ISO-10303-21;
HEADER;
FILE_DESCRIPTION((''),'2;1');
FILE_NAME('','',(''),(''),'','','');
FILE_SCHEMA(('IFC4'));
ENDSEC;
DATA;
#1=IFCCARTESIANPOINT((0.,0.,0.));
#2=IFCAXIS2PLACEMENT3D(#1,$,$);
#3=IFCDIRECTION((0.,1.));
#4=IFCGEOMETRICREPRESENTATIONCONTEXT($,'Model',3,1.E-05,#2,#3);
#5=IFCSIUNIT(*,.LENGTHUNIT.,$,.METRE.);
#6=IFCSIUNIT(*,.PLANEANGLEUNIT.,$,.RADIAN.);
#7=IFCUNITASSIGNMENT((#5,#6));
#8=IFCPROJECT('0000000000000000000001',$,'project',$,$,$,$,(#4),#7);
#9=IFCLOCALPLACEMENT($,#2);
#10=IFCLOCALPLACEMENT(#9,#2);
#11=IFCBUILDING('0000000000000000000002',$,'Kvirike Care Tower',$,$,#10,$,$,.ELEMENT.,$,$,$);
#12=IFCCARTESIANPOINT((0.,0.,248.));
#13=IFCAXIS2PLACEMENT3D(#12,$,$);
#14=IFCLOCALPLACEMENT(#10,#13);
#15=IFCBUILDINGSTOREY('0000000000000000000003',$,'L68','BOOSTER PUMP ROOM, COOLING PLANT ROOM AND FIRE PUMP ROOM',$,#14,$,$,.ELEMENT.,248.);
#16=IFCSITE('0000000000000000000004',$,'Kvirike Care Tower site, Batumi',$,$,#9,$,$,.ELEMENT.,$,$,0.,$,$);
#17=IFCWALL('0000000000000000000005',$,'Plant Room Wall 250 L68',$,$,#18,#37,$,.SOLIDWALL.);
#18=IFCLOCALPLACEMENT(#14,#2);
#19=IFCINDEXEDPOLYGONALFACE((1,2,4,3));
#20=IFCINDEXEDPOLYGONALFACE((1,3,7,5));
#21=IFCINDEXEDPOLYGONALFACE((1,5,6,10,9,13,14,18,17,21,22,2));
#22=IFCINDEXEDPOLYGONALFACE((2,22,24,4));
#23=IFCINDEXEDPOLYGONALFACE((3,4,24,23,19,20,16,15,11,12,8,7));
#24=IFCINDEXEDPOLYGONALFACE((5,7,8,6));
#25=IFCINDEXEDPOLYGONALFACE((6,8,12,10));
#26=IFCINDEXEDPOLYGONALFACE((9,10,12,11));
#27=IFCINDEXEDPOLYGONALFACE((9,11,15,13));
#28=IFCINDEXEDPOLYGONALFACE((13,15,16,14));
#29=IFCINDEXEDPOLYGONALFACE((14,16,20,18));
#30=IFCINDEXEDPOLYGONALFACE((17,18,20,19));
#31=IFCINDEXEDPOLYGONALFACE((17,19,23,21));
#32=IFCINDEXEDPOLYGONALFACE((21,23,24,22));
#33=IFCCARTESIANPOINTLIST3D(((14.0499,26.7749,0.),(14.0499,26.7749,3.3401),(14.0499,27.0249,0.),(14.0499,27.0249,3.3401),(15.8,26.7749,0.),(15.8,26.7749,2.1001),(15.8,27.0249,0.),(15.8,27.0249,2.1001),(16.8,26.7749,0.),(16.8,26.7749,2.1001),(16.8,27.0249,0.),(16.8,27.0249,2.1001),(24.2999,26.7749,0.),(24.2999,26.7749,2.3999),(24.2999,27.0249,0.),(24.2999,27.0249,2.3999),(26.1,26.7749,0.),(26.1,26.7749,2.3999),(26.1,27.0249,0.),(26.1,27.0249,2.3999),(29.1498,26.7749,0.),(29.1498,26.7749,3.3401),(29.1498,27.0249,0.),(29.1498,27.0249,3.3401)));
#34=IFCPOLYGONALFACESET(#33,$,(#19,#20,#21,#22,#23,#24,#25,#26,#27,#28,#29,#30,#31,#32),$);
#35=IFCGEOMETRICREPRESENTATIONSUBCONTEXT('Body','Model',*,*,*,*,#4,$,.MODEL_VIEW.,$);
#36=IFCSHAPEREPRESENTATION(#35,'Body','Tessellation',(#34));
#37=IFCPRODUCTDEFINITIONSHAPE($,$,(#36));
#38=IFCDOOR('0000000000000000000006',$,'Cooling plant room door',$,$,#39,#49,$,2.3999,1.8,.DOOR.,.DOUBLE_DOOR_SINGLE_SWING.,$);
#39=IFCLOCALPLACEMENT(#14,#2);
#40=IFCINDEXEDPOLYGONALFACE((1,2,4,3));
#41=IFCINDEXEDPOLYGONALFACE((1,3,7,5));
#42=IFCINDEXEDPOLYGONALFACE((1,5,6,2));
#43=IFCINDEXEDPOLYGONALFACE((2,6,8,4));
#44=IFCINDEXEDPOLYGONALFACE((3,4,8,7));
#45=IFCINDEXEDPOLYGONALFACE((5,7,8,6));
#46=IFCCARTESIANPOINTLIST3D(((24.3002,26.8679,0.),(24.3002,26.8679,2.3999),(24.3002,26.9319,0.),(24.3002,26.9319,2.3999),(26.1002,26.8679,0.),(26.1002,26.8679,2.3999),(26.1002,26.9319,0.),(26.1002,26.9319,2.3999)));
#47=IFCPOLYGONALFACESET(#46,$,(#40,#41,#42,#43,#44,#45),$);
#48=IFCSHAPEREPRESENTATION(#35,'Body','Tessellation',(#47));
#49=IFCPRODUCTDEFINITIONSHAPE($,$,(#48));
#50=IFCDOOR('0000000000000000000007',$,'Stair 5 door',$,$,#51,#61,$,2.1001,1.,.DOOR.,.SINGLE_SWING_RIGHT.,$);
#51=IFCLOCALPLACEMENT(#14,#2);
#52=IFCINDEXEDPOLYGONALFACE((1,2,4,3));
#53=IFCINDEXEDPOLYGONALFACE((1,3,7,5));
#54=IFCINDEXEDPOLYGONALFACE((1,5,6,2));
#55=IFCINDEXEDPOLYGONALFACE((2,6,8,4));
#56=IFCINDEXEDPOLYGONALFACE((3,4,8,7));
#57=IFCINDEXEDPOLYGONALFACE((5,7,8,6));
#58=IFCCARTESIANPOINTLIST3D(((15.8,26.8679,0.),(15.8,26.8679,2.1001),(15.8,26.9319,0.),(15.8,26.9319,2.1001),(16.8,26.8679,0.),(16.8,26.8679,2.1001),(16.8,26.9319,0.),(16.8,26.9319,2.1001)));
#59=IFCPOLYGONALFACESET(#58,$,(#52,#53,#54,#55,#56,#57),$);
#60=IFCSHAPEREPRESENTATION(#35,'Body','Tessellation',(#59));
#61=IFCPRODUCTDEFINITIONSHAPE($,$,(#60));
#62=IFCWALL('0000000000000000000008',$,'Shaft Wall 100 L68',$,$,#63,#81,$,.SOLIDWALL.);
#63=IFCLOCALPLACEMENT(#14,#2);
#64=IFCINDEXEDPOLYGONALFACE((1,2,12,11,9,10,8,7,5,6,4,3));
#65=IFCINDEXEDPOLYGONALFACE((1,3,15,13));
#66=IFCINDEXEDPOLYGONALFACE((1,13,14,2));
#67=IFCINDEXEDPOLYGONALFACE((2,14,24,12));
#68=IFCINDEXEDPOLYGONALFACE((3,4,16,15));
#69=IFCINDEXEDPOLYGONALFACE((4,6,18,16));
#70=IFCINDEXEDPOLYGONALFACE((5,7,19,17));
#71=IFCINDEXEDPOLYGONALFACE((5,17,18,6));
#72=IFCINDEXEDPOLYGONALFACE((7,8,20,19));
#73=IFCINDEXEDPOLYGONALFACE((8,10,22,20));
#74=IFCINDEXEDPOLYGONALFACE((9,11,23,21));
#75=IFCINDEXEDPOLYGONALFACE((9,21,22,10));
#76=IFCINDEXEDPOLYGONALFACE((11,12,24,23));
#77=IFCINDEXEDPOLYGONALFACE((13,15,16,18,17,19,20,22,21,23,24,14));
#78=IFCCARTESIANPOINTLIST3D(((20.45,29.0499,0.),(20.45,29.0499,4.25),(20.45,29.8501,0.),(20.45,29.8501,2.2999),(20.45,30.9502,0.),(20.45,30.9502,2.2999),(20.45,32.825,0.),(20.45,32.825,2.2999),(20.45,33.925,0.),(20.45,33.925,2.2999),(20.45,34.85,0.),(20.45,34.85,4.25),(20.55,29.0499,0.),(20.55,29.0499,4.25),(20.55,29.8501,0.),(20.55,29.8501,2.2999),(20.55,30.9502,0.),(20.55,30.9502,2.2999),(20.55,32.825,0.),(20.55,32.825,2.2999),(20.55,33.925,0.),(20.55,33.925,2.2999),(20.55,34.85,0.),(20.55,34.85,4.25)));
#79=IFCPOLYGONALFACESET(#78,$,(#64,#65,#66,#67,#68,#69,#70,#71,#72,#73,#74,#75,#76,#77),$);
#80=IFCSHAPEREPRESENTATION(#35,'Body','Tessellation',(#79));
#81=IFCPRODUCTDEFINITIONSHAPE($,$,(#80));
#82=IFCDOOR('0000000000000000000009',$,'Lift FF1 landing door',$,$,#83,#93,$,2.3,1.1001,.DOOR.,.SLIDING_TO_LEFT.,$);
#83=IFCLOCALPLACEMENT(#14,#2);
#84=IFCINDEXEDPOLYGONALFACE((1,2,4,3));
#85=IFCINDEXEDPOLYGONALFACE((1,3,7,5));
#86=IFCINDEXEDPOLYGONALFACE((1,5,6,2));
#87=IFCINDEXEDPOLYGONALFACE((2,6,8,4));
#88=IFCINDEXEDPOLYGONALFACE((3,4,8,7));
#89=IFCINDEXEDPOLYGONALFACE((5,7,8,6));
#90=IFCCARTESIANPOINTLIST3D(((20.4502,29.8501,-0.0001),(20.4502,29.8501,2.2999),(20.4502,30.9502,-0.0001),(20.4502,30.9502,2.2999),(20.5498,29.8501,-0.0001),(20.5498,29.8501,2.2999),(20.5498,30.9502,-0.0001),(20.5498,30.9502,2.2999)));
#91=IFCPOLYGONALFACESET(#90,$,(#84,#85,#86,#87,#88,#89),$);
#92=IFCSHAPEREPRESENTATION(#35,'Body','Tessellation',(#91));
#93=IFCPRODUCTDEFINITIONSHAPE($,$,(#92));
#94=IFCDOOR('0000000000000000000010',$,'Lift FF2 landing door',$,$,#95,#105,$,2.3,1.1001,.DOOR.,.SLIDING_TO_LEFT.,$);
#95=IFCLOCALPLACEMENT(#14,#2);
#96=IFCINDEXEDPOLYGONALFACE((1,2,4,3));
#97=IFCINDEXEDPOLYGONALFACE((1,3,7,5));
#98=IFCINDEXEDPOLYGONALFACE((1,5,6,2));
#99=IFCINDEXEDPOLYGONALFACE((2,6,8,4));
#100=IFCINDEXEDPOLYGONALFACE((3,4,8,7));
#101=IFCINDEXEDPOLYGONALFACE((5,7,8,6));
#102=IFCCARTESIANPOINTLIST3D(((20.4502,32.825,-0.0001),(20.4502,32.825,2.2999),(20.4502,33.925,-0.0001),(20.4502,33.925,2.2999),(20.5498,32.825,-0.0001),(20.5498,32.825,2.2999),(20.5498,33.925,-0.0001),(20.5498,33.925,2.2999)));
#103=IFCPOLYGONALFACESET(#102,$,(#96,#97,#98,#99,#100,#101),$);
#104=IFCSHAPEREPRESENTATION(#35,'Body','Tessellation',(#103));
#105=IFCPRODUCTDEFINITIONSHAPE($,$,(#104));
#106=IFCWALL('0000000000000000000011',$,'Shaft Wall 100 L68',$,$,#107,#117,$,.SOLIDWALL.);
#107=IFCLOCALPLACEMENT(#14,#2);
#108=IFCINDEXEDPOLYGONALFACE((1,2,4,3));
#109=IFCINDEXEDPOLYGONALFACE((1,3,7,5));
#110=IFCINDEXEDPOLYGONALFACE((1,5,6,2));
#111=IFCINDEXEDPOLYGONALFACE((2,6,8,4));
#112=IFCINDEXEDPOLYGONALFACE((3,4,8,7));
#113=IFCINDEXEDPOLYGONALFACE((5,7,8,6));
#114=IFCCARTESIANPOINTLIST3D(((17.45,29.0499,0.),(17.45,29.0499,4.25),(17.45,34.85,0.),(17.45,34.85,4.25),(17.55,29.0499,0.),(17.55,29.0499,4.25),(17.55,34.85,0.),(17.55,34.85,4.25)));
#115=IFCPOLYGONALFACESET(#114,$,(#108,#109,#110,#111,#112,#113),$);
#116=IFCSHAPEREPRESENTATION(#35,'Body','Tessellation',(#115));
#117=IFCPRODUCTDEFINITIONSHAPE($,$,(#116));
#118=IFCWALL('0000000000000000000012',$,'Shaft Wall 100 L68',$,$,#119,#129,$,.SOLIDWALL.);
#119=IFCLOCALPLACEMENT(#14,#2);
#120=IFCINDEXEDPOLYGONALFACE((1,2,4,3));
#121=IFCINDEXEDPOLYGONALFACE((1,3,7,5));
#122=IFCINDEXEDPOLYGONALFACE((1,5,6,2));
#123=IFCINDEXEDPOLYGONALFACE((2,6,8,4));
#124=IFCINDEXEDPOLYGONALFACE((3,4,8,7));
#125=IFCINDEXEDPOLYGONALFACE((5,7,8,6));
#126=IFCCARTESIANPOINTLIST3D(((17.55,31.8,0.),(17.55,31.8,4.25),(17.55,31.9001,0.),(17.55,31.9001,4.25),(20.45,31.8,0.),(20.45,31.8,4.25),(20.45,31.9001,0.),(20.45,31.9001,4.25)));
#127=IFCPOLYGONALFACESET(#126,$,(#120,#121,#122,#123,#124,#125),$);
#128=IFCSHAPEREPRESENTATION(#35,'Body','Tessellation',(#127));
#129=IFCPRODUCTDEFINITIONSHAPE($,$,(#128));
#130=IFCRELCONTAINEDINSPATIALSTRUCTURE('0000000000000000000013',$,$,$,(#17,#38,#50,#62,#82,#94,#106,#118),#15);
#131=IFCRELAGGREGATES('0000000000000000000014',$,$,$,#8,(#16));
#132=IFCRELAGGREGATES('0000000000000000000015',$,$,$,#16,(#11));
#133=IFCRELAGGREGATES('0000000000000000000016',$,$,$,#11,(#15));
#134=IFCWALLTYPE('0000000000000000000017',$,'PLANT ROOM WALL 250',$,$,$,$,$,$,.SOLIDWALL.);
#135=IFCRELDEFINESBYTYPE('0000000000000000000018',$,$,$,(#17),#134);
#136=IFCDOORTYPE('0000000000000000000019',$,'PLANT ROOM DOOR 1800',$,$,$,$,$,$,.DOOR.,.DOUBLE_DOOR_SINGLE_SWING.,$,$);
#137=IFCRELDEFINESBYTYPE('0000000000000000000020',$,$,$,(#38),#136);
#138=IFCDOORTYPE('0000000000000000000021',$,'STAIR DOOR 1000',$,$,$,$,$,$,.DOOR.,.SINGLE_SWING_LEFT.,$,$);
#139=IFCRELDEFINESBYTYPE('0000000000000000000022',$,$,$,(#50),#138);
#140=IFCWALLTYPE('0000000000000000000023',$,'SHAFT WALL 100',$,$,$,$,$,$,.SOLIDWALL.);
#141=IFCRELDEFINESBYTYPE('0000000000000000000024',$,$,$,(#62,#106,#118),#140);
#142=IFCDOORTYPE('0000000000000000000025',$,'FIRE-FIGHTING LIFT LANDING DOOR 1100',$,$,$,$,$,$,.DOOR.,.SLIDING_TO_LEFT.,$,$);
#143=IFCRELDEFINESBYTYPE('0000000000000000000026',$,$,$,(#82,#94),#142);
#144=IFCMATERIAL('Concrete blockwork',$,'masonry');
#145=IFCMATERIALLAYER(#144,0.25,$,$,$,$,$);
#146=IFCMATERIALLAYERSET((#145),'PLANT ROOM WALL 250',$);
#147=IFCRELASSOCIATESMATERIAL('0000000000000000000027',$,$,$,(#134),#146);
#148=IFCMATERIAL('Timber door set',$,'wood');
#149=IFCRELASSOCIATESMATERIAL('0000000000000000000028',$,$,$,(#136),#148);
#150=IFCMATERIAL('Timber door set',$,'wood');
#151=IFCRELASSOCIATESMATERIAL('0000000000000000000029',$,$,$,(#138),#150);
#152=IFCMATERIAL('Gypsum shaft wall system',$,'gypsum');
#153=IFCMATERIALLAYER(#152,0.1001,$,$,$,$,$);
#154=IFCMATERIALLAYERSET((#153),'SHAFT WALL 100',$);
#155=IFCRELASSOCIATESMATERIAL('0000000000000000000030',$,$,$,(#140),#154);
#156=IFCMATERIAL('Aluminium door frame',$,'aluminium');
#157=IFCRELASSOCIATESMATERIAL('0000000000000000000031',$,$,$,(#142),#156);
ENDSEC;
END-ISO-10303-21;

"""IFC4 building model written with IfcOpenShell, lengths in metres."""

from ifc_helpers import new_model, si_unit, direction, frame, frame_2d, origin, place, context, subcontext, project, spatial, rectangle, extrude, material, layer, layer_set, type_object, element, fill, save


model = new_model("IFC4")

# Units and contexts
model_context = context("Model", 3, precision=1e-05, world=origin(), true_north=direction((0.0, 1.0)))
body_context = subcontext(model_context, "Body", "Model", "MODEL_VIEW")
ifc_project = project(units=[si_unit("LENGTHUNIT", "METRE"), si_unit("PLANEANGLEUNIT", "RADIAN")], contexts=[model_context])

# Site, building, storey
site_placement = place(None, origin())
site = spatial("IfcSite", under=ifc_project, at=site_placement, Name="Kvirike Care Tower site, Batumi", CompositionType="ELEMENT", RefElevation=0.0)
building_placement = place(site_placement, origin())
building = spatial("IfcBuilding", under=site, at=building_placement, Name="Kvirike Care Tower", CompositionType="ELEMENT")
storey_placement = place(building_placement, frame((0.0, 0.0, 248.0)))
storey = spatial("IfcBuildingStorey", under=building, at=storey_placement, Name="L68", Description="BOOSTER PUMP ROOM, COOLING PLANT ROOM AND FIRE PUMP ROOM", CompositionType="ELEMENT", Elevation=248.0)

# Walls, openings, doors
ifc_material_1 = material(Name="Concrete blockwork", Category="masonry")
ifc_layer_1 = layer(ifc_material_1, 0.25)
ifc_layer_set_1 = layer_set([ifc_layer_1], Name="PLANT ROOM WALL 250")
wall_type_1 = type_object("IfcWallType", Name="PLANT ROOM WALL 250", PredefinedType="SOLIDWALL", material=ifc_layer_set_1)
wall_1_placement = place(storey_placement, frame((14.05, 26.8999, 0.0), z_axis=(0.0, 0.0, 1.0), x_axis=(1.0, 0.0, 0.0)))
wall_1 = element("IfcWall", 1, at=wall_1_placement, inside=storey, type_object=wall_type_1, Name="Plant Room Wall 250 L68", PredefinedType="SOLIDWALL", context=body_context, shape_type="SweptSolid", body=[
    extrude(rectangle(XDim=15.0999, YDim=0.25, at=frame_2d((7.5498, 0.0))), origin(), (0.0, 0.0, 1.0), 3.3401),
])
opening_1_placement = place(wall_1_placement, frame((1.75, 0.0, 0.0)))
opening_1 = element("IfcOpeningElement", 2, at=opening_1_placement, cuts=wall_1, PredefinedType="OPENING", context=body_context, shape_type="SweptSolid", body=[
    extrude(rectangle(XDim=1.0, YDim=2.1001, at=frame_2d((0.5, 1.05))), frame((0.0, 0.1355, 0.0), z_axis=(0.0, -1.0, 0.0), x_axis=(1.0, 0.0, 0.0)), (0.0, 0.0, 1.0), 0.271),
])
opening_2_placement = place(wall_1_placement, frame((10.25, 0.0, 0.0)))
opening_2 = element("IfcOpeningElement", 3, at=opening_2_placement, cuts=wall_1, PredefinedType="OPENING", context=body_context, shape_type="SweptSolid", body=[
    extrude(rectangle(XDim=1.8, YDim=2.3999, at=frame_2d((0.8999, 1.2))), frame((0.0, 0.1355, 0.0), z_axis=(0.0, -1.0, 0.0), x_axis=(1.0, 0.0, 0.0)), (0.0, 0.0, 1.0), 0.271),
])
ifc_material_2 = material(Name="Timber door set", Category="wood")
door_type_1 = type_object("IfcDoorType", Name="PLANT ROOM DOOR 1800", OperationType="DOUBLE_DOOR_SINGLE_SWING", PredefinedType="DOOR", material=ifc_material_2)
door_1_placement = place(opening_2_placement, frame((1.8, 0.0, 0.0), z_axis=(0.0, 0.0, 1.0), x_axis=(-1.0, 0.0, 0.0)))
door_1 = element("IfcDoor", 4, at=door_1_placement, inside=storey, type_object=door_type_1, Name="Cooling plant room door", OperationType="DOUBLE_DOOR_SINGLE_SWING", OverallHeight=2.3999, OverallWidth=1.8, PredefinedType="DOOR", context=body_context, shape_type="SweptSolid", body=[
    extrude(rectangle(XDim=1.8, YDim=2.3999, at=frame_2d((0.8999, 1.2))), frame((0.0, 0.032, 0.0), z_axis=(0.0, -1.0, 0.0), x_axis=(1.0, 0.0, 0.0)), (0.0, 0.0, 1.0), 0.064),
])
fill(opening_2, door_1)
ifc_material_3 = material(Name="Timber door set", Category="wood")
door_type_2 = type_object("IfcDoorType", Name="STAIR DOOR 1000", OperationType="SINGLE_SWING_LEFT", PredefinedType="DOOR", material=ifc_material_3)
door_2_placement = place(opening_1_placement, frame((1.0, 0.0, 0.0), z_axis=(0.0, 0.0, 1.0), x_axis=(-1.0, 0.0, 0.0)))
door_2 = element("IfcDoor", 5, at=door_2_placement, inside=storey, type_object=door_type_2, Name="Stair 5 door", OperationType="SINGLE_SWING_RIGHT", OverallHeight=2.1001, OverallWidth=1.0, PredefinedType="DOOR", context=body_context, shape_type="SweptSolid", body=[
    extrude(rectangle(XDim=1.0, YDim=2.1001, at=frame_2d((0.5, 1.05))), frame((0.0, 0.032, 0.0), z_axis=(0.0, -1.0, 0.0), x_axis=(1.0, 0.0, 0.0)), (0.0, 0.0, 1.0), 0.064),
])
fill(opening_1, door_2)
ifc_material_4 = material(Name="Gypsum shaft wall system", Category="gypsum")
ifc_layer_2 = layer(ifc_material_4, 0.1001)
ifc_layer_set_2 = layer_set([ifc_layer_2], Name="SHAFT WALL 100")
wall_type_2 = type_object("IfcWallType", Name="SHAFT WALL 100", PredefinedType="SOLIDWALL", material=ifc_layer_set_2)
wall_2_placement = place(storey_placement, frame((20.5, 29.05, 0.0), z_axis=(0.0, 0.0, 1.0), x_axis=(0.0, 1.0, 0.0)))
wall_2 = element("IfcWall", 6, at=wall_2_placement, inside=storey, type_object=wall_type_2, Name="Shaft Wall 100 L68", PredefinedType="SOLIDWALL", context=body_context, shape_type="SweptSolid", body=[
    extrude(rectangle(XDim=5.8, YDim=0.1001, at=frame_2d((2.8999, 0.0))), origin(), (0.0, 0.0, 1.0), 4.25),
])
opening_3_placement = place(wall_2_placement, frame((0.8, 0.0, 0.0)))
opening_3 = element("IfcOpeningElement", 7, at=opening_3_placement, cuts=wall_2, PredefinedType="OPENING", context=body_context, shape_type="SweptSolid", body=[
    extrude(rectangle(XDim=1.1001, YDim=2.3, at=frame_2d((0.55, 1.1499))), frame((0.0, 0.0605, 0.0), z_axis=(0.0, -1.0, 0.0), x_axis=(1.0, 0.0, 0.0)), (0.0, 0.0, 1.0), 0.1211),
])
opening_4_placement = place(wall_2_placement, frame((3.7749, 0.0, 0.0)))
opening_4 = element("IfcOpeningElement", 8, at=opening_4_placement, cuts=wall_2, PredefinedType="OPENING", context=body_context, shape_type="SweptSolid", body=[
    extrude(rectangle(XDim=1.1001, YDim=2.3, at=frame_2d((0.55, 1.1499))), frame((0.0, 0.0605, 0.0), z_axis=(0.0, -1.0, 0.0), x_axis=(1.0, 0.0, 0.0)), (0.0, 0.0, 1.0), 0.1211),
])
ifc_material_5 = material(Name="Aluminium door frame", Category="aluminium")
door_type_3 = type_object("IfcDoorType", Name="FIRE-FIGHTING LIFT LANDING DOOR 1100", OperationType="SLIDING_TO_LEFT", PredefinedType="DOOR", material=ifc_material_5)
door_3_placement = place(opening_3_placement, origin())
door_3 = element("IfcDoor", 9, at=door_3_placement, inside=storey, type_object=door_type_3, Name="Lift FF1 landing door", OperationType="SLIDING_TO_LEFT", OverallHeight=2.3, OverallWidth=1.1001, PredefinedType="DOOR", context=body_context, shape_type="SweptSolid", body=[
    extrude(rectangle(XDim=1.1001, YDim=2.3, at=frame_2d((0.55, 1.1499))), frame((0.0, 0.0498, 0.0), z_axis=(0.0, -1.0, 0.0), x_axis=(1.0, 0.0, 0.0)), (0.0, 0.0, 1.0), 0.0996),
])
fill(opening_3, door_3)
door_4_placement = place(opening_4_placement, origin())
door_4 = element("IfcDoor", 10, at=door_4_placement, inside=storey, type_object=door_type_3, Name="Lift FF2 landing door", OperationType="SLIDING_TO_LEFT", OverallHeight=2.3, OverallWidth=1.1001, PredefinedType="DOOR", context=body_context, shape_type="SweptSolid", body=[
    extrude(rectangle(XDim=1.1001, YDim=2.3, at=frame_2d((0.55, 1.1499))), frame((0.0, 0.0498, 0.0), z_axis=(0.0, -1.0, 0.0), x_axis=(1.0, 0.0, 0.0)), (0.0, 0.0, 1.0), 0.0996),
])
fill(opening_4, door_4)

# Walls
wall_3_placement = place(storey_placement, frame((17.5, 29.05, 0.0), z_axis=(0.0, 0.0, 1.0), x_axis=(0.0, 1.0, 0.0)))
element("IfcWall", 11, at=wall_3_placement, inside=storey, type_object=wall_type_2, Name="Shaft Wall 100 L68", PredefinedType="SOLIDWALL", context=body_context, shape_type="SweptSolid", body=[
    extrude(rectangle(XDim=5.8, YDim=0.1001, at=frame_2d((2.8999, 0.0))), origin(), (0.0, 0.0, 1.0), 4.25),
])
wall_4_placement = place(storey_placement, frame((17.55, 31.8501, 0.0), z_axis=(0.0, 0.0, 1.0), x_axis=(1.0, 0.0, 0.0)))
element("IfcWall", 12, at=wall_4_placement, inside=storey, type_object=wall_type_2, Name="Shaft Wall 100 L68", PredefinedType="SOLIDWALL", context=body_context, shape_type="SweptSolid", body=[
    extrude(rectangle(XDim=2.8999, YDim=0.1001, at=frame_2d((1.45, 0.0))), origin(), (0.0, 0.0, 1.0), 4.25),
])

save(model, "model.ifc")
